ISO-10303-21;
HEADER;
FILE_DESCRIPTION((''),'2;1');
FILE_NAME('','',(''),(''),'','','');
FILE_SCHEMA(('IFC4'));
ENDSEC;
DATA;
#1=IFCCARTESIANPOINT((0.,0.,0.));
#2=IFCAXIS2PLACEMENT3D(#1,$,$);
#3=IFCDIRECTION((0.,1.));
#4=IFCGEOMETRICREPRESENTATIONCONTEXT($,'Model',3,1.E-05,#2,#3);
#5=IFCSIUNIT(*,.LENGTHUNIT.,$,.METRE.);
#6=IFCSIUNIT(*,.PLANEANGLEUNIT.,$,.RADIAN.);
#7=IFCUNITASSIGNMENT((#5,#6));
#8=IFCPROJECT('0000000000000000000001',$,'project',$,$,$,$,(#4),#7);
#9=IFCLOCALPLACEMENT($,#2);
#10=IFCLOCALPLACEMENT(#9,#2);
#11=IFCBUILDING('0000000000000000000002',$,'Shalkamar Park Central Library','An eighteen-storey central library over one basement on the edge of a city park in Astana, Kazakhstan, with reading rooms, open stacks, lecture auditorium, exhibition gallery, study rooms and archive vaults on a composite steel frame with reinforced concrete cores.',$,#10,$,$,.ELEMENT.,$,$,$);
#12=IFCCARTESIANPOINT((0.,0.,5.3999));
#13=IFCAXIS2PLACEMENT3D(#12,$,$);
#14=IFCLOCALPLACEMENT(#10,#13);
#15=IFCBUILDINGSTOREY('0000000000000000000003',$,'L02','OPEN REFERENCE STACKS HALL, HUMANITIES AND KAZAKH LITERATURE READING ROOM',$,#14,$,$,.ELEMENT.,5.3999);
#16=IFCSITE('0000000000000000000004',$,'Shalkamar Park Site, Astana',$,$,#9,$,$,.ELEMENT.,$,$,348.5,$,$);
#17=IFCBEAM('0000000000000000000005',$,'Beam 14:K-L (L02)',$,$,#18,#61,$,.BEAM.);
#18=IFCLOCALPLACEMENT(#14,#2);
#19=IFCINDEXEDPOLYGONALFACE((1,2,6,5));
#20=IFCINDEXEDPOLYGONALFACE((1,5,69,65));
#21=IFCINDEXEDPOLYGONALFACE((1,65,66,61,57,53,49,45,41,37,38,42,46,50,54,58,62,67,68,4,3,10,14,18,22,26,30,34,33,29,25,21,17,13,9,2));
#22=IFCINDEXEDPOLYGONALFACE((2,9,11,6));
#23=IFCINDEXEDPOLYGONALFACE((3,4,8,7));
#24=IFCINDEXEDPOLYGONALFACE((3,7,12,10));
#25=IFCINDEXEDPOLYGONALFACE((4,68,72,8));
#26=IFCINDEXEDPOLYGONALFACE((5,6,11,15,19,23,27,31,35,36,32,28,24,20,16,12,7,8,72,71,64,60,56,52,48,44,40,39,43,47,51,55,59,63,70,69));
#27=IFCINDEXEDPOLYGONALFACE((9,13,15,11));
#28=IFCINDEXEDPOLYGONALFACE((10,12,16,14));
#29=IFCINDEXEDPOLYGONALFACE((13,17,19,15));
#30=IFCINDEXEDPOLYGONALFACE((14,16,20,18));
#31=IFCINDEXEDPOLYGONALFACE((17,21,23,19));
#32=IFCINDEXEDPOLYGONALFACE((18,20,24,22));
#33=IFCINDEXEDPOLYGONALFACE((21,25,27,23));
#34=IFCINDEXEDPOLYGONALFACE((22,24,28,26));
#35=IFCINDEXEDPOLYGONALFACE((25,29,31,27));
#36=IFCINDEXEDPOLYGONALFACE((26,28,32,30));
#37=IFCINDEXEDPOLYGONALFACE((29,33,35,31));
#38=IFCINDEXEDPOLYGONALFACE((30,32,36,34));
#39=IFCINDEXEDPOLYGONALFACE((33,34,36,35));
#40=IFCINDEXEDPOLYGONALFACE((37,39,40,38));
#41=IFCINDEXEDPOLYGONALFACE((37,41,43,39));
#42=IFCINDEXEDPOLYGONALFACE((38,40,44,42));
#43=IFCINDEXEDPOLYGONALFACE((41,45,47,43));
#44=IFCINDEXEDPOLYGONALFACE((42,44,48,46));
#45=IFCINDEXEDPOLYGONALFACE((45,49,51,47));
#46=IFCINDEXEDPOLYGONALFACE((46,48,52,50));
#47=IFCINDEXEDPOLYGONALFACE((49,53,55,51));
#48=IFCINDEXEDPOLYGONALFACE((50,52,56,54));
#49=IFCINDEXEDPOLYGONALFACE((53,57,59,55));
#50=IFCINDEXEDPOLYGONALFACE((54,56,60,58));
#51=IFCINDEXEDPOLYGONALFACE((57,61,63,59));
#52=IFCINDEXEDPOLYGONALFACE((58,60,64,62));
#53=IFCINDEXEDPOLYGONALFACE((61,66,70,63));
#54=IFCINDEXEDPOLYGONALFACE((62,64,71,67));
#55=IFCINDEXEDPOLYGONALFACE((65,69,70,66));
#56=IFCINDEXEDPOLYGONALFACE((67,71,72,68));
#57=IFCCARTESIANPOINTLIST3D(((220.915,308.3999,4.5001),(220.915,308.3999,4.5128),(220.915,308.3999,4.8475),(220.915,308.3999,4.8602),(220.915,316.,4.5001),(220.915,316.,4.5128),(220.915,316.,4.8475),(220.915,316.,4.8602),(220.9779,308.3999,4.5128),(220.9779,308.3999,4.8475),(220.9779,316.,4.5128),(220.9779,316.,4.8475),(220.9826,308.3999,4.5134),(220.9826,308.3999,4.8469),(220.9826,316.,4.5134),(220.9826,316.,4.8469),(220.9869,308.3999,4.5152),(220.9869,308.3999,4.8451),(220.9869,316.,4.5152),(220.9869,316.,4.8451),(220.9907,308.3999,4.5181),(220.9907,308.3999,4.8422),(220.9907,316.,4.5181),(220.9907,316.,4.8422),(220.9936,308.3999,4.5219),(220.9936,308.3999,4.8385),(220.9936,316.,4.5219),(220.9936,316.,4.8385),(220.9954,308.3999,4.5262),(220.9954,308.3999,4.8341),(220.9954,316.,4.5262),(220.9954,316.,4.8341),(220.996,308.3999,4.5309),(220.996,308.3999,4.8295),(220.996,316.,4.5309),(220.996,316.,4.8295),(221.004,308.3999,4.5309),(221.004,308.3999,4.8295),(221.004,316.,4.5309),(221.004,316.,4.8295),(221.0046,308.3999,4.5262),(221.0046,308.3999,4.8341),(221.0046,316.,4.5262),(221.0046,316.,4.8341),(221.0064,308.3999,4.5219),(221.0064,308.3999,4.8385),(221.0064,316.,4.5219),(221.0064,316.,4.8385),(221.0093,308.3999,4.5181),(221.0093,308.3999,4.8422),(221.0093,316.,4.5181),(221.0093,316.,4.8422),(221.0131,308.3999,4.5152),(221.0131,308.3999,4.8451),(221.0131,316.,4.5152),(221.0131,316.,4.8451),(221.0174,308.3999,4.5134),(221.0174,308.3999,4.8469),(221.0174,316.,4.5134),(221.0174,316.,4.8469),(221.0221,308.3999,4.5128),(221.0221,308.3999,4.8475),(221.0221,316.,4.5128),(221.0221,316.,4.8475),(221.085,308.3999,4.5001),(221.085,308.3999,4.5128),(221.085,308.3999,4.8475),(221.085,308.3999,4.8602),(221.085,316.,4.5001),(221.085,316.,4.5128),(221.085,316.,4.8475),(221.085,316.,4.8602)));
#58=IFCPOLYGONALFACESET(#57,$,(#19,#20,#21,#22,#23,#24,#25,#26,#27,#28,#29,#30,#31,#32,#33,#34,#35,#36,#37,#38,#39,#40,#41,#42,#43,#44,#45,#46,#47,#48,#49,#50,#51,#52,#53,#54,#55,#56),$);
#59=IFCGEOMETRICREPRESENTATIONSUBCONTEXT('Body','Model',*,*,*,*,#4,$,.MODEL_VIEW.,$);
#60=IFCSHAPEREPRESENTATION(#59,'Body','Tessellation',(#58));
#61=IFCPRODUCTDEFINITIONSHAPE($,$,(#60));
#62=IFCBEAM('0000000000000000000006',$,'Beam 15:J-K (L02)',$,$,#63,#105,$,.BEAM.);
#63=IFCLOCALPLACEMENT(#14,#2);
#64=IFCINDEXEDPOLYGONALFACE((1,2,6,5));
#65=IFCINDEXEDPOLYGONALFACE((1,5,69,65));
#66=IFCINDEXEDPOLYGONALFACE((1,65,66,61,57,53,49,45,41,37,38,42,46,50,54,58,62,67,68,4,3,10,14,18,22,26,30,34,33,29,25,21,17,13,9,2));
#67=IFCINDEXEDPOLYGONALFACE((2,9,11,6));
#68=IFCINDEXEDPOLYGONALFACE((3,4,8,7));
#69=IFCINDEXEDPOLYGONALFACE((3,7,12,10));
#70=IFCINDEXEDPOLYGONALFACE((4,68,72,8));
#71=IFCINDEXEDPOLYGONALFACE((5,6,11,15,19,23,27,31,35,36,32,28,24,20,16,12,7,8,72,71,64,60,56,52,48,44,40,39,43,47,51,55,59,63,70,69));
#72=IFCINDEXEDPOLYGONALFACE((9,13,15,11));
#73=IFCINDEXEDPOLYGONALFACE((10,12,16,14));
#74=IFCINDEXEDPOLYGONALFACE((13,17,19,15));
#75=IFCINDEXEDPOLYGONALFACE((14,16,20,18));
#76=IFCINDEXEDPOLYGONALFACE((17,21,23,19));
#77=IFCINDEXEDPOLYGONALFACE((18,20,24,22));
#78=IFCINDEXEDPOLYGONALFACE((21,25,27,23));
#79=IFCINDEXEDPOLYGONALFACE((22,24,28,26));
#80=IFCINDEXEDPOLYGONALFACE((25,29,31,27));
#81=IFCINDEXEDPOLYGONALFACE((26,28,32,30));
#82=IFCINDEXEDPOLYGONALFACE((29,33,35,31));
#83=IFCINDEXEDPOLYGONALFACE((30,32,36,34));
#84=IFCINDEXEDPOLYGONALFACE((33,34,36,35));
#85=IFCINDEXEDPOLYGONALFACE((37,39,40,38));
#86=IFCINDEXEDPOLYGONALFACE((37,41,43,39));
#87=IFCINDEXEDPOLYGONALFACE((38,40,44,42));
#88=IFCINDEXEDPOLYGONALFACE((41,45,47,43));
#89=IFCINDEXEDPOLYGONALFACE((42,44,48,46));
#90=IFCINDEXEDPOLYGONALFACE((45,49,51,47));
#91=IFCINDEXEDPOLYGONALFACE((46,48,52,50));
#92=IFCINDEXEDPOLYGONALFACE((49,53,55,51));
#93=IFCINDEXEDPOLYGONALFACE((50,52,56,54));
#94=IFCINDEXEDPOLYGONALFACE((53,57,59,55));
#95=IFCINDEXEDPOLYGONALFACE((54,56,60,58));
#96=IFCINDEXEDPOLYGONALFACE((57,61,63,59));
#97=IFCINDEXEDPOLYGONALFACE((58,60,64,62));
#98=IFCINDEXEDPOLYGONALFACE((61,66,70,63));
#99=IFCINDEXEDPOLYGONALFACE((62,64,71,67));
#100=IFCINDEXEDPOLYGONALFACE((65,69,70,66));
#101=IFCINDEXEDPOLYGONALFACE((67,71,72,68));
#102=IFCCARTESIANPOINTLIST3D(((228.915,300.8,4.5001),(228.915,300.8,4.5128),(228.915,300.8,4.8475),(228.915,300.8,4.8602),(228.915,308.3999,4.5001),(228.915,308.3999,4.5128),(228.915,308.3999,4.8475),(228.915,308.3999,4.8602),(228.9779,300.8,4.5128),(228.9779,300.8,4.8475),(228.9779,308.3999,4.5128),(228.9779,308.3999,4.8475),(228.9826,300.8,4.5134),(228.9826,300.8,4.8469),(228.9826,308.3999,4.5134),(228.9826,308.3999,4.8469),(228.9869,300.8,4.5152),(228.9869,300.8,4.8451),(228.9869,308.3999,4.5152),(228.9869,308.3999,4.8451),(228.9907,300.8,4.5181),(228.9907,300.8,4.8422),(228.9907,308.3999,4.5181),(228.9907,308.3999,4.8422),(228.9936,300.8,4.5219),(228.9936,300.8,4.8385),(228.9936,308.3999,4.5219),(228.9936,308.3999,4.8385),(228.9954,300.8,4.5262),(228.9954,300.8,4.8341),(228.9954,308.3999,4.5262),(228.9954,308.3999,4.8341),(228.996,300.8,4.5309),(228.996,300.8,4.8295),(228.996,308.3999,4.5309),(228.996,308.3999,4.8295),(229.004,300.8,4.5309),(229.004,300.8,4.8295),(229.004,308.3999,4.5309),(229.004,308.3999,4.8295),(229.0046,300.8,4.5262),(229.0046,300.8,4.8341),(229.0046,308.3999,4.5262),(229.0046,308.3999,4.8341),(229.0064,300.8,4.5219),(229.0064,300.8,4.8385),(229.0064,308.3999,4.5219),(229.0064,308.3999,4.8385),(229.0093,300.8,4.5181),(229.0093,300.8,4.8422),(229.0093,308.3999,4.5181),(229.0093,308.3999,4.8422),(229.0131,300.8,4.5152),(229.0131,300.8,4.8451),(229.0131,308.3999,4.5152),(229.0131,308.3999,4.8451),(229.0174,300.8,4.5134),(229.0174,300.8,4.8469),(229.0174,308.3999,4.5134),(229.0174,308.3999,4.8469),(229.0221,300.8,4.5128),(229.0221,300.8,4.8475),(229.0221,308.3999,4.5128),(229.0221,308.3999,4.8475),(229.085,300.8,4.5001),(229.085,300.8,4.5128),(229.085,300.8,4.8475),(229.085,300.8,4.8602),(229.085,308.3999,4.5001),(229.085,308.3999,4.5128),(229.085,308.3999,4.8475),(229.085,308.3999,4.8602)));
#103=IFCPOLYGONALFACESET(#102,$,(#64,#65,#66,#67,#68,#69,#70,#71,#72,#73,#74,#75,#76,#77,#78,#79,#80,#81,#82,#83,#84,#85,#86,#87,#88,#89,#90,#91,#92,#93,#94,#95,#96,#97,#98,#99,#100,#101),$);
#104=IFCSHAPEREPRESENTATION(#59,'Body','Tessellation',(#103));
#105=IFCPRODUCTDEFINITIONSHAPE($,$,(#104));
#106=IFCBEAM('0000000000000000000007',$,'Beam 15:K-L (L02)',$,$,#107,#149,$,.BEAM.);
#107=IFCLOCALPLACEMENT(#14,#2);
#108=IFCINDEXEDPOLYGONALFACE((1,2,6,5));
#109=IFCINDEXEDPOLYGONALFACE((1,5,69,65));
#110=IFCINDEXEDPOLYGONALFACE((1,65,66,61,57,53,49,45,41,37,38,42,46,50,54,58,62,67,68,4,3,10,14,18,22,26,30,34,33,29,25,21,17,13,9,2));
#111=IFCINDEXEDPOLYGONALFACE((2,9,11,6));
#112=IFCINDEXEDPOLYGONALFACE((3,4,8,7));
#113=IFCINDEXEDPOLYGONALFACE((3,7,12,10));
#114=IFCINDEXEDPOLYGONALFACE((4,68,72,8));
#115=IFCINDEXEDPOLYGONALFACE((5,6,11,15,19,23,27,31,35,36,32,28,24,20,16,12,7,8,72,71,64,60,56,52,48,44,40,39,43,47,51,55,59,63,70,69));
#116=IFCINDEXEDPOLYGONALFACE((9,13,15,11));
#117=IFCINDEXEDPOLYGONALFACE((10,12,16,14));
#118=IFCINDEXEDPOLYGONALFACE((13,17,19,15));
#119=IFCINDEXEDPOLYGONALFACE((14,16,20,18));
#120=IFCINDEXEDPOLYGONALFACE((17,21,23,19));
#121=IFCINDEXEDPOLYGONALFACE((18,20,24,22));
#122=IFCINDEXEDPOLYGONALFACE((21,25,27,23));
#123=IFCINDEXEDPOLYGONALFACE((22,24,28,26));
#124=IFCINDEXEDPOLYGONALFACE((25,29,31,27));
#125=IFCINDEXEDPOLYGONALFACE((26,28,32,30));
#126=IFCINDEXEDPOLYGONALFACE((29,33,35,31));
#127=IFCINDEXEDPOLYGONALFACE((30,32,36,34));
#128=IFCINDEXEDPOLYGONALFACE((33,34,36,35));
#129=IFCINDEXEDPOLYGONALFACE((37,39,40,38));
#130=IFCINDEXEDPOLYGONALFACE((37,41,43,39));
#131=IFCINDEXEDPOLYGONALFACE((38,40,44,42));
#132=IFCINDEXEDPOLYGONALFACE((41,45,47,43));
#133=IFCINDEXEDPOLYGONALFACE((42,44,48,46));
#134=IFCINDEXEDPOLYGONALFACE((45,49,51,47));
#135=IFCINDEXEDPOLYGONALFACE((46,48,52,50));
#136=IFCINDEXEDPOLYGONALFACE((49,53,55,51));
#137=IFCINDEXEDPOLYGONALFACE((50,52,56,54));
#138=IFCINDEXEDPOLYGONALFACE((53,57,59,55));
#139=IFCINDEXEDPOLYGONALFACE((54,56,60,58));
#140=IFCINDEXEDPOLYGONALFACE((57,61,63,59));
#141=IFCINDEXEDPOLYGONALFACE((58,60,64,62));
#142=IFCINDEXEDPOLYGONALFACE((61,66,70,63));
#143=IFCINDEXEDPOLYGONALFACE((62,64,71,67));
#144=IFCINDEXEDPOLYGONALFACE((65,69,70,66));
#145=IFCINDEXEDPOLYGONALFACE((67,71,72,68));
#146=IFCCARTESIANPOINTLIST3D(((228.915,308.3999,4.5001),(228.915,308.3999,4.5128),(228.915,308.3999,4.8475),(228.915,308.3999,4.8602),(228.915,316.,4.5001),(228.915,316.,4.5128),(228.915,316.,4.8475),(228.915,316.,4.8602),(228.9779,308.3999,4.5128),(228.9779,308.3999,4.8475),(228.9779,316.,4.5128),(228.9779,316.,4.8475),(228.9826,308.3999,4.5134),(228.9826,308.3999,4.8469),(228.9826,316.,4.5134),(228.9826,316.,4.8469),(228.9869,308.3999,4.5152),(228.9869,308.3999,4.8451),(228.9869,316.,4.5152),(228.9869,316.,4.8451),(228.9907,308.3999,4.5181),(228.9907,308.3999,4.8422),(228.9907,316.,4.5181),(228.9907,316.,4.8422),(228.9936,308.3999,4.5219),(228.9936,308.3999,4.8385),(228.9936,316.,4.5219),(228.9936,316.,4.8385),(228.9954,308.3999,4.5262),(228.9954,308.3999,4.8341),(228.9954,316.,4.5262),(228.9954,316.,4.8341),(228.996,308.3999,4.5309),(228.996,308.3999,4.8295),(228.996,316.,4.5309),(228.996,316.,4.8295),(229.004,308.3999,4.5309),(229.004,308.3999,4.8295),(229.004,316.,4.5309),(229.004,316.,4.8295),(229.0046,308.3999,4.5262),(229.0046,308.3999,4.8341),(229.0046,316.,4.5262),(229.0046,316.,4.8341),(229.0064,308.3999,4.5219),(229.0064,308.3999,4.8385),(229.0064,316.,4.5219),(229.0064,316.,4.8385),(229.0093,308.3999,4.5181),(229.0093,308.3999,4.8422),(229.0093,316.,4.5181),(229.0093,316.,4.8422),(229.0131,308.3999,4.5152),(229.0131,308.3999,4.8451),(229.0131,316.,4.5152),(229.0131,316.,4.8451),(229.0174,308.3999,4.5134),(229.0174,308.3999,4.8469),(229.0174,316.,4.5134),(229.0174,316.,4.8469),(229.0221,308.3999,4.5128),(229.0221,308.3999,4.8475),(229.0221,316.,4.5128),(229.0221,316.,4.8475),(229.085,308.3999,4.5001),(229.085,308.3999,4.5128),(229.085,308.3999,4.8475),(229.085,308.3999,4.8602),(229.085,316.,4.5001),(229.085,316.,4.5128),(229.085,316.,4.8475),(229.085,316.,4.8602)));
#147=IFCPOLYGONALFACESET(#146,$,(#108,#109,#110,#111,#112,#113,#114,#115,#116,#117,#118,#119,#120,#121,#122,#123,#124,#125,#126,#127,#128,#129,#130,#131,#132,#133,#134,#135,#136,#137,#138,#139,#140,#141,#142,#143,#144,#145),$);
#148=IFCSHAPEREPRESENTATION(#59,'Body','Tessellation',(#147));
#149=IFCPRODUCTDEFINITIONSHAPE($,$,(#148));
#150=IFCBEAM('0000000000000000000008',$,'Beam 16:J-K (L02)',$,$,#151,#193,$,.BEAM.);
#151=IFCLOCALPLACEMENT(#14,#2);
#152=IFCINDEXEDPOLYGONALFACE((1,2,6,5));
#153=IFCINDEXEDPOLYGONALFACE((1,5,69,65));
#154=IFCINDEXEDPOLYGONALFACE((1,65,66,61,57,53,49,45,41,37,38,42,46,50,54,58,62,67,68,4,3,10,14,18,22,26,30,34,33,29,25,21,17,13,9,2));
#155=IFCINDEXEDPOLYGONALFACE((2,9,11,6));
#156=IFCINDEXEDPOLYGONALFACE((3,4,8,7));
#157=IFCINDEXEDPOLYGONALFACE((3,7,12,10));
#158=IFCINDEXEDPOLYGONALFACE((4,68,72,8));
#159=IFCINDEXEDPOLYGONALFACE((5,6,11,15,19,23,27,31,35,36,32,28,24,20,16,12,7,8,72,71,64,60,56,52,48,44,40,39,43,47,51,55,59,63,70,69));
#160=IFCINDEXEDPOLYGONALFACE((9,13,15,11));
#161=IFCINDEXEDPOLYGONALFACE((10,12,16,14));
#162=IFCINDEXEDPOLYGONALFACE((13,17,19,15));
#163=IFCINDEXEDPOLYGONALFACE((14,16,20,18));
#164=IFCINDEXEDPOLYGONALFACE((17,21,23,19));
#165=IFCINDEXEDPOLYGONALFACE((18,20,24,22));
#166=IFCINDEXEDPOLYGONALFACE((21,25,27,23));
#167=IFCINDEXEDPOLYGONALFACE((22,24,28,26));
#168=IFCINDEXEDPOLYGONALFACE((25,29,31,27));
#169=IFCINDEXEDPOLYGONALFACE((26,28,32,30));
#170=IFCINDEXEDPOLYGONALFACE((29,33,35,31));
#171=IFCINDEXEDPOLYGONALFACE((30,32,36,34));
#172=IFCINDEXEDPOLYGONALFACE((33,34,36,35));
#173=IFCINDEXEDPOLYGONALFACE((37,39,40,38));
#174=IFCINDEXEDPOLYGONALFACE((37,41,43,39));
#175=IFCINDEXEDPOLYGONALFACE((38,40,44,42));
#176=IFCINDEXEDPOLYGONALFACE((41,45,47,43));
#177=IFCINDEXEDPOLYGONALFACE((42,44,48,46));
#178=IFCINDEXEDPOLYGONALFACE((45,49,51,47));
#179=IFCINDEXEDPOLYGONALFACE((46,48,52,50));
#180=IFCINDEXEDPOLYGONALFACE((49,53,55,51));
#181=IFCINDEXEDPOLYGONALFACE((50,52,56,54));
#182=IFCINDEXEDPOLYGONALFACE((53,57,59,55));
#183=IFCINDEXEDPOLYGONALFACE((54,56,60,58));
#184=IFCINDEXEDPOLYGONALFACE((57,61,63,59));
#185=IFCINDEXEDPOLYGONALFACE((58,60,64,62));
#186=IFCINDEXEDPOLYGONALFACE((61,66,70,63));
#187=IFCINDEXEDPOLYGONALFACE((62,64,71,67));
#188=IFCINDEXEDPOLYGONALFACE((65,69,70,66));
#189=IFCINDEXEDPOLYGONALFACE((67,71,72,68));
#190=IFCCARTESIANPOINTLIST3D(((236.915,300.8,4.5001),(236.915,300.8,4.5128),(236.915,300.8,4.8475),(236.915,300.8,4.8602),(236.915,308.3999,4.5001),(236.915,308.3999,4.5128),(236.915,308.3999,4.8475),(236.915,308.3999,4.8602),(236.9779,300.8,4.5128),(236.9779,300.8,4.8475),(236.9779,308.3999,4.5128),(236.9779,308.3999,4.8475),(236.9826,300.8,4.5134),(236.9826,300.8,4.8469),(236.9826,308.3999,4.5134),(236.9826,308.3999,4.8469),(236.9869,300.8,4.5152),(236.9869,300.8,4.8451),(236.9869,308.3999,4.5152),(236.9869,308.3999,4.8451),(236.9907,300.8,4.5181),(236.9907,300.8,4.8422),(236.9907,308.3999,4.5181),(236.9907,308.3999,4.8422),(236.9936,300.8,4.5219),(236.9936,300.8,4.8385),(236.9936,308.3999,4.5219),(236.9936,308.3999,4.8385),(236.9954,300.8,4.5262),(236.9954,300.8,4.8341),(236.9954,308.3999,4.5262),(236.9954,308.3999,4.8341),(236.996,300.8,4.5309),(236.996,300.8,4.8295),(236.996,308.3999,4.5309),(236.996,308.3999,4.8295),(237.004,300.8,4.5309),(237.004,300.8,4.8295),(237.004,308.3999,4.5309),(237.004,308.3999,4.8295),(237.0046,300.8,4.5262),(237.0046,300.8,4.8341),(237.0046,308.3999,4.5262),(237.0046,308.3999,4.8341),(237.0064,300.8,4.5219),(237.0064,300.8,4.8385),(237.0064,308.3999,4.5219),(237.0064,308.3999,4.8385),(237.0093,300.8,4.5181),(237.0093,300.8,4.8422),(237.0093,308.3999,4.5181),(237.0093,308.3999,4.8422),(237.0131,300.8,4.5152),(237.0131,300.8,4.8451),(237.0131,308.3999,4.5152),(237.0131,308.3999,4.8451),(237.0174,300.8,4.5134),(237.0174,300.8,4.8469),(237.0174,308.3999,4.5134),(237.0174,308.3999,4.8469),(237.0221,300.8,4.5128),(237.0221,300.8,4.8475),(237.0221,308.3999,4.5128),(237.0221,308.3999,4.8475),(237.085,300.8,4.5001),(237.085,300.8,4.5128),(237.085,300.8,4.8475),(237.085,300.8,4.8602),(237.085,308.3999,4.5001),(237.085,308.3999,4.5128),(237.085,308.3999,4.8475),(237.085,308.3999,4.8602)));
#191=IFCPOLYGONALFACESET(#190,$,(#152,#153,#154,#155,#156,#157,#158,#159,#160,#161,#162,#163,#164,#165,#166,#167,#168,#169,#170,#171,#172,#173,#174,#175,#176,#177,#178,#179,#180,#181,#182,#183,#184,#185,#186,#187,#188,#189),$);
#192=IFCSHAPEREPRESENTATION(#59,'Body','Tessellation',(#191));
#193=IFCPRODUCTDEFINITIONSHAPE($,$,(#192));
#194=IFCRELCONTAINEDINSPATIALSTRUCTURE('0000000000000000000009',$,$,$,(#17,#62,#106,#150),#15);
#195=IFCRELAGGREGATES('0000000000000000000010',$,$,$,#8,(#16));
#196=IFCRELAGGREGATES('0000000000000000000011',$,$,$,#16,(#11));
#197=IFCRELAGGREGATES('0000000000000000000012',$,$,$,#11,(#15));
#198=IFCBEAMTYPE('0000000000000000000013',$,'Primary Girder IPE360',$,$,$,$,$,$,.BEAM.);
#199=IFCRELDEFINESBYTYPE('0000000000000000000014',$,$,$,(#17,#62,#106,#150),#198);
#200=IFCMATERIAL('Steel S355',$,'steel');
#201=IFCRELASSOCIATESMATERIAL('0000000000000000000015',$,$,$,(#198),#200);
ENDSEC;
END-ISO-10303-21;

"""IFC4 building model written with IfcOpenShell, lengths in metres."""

from ifc_helpers import new_model, si_unit, direction, frame, origin, origin_2d, place, context, subcontext, project, spatial, i_section, extrude, material, material_profile, profile_set, type_object, element, save


model = new_model("IFC4")

# Units and contexts
model_context = context("Model", 3, precision=1e-05, world=origin(), true_north=direction((0.0, 1.0)))
body_context = subcontext(model_context, "Body", "Model", "MODEL_VIEW")
ifc_project = project(units=[si_unit("LENGTHUNIT", "METRE"), si_unit("PLANEANGLEUNIT", "RADIAN")], contexts=[model_context])

# Site, building, storey
site_placement = place(None, origin())
site = spatial("IfcSite", under=ifc_project, at=site_placement, Name="Shalkamar Park Site, Astana", CompositionType="ELEMENT", RefElevation=348.5)
building_placement = place(site_placement, origin())
building = spatial("IfcBuilding", under=site, at=building_placement, Name="Shalkamar Park Central Library", Description="An eighteen-storey central library over one basement on the edge of a city park in Astana, Kazakhstan, with reading rooms, open stacks, lecture auditorium, exhibition gallery, study rooms and archive vaults on a composite steel frame with reinforced concrete cores.", CompositionType="ELEMENT")
storey_placement = place(building_placement, frame((0.0, 0.0, 5.3999)))
storey = spatial("IfcBuildingStorey", under=building, at=storey_placement, Name="L02", Description="OPEN REFERENCE STACKS HALL, HUMANITIES AND KAZAKH LITERATURE READING ROOM", CompositionType="ELEMENT", Elevation=5.3999)

# Shared definitions
ifc_material_1 = material(Name="Steel S355", Category="steel")

# Beams
ifc_material_profile_1 = material_profile(ifc_material_1, i_section(OverallWidth=0.1699, OverallDepth=0.3601, WebThickness=0.0081, FlangeThickness=0.0127, FilletRadius=0.0181, at=origin_2d()), Name="IPE 360")
ifc_profile_set_1 = profile_set([ifc_material_profile_1], Name="Steel S355")
beam_type_1 = type_object("IfcBeamType", Name="Primary Girder IPE360", PredefinedType="BEAM", material=ifc_profile_set_1)
beam_1_placement = place(storey_placement, frame((221.0, 308.3999, 4.6802), z_axis=(0.0, 1.0, 0.0), x_axis=(-1.0, 0.0, 0.0)))
element("IfcBeam", 1, at=beam_1_placement, inside=storey, type_object=beam_type_1, Name="Beam 14:K-L (L02)", PredefinedType="BEAM", context=body_context, shape_type="SweptSolid", body=[
    extrude(i_section(OverallWidth=0.1699, OverallDepth=0.3601, WebThickness=0.0081, FlangeThickness=0.0127, FilletRadius=0.0181, at=origin_2d()), origin(), (0.0, 0.0, 1.0), 7.6001),
])
beam_2_placement = place(storey_placement, frame((229.0, 300.8, 4.6802), z_axis=(0.0, 1.0, 0.0), x_axis=(-1.0, 0.0, 0.0)))
element("IfcBeam", 2, at=beam_2_placement, inside=storey, type_object=beam_type_1, Name="Beam 15:J-K (L02)", PredefinedType="BEAM", context=body_context, shape_type="SweptSolid", body=[
    extrude(i_section(OverallWidth=0.1699, OverallDepth=0.3601, WebThickness=0.0081, FlangeThickness=0.0127, FilletRadius=0.0181, at=origin_2d()), origin(), (0.0, 0.0, 1.0), 7.5999),
])
beam_3_placement = place(storey_placement, frame((229.0, 308.3999, 4.6802), z_axis=(0.0, 1.0, 0.0), x_axis=(-1.0, 0.0, 0.0)))
element("IfcBeam", 3, at=beam_3_placement, inside=storey, type_object=beam_type_1, Name="Beam 15:K-L (L02)", PredefinedType="BEAM", context=body_context, shape_type="SweptSolid", body=[
    extrude(i_section(OverallWidth=0.1699, OverallDepth=0.3601, WebThickness=0.0081, FlangeThickness=0.0127, FilletRadius=0.0181, at=origin_2d()), origin(), (0.0, 0.0, 1.0), 7.6001),
])
beam_4_placement = place(storey_placement, frame((237.0, 300.8, 4.6802), z_axis=(0.0, 1.0, 0.0), x_axis=(-1.0, 0.0, 0.0)))
element("IfcBeam", 4, at=beam_4_placement, inside=storey, type_object=beam_type_1, Name="Beam 16:J-K (L02)", PredefinedType="BEAM", context=body_context, shape_type="SweptSolid", body=[
    extrude(i_section(OverallWidth=0.1699, OverallDepth=0.3601, WebThickness=0.0081, FlangeThickness=0.0127, FilletRadius=0.0181, at=origin_2d()), origin(), (0.0, 0.0, 1.0), 7.5999),
])

save(model, "model.ifc")
